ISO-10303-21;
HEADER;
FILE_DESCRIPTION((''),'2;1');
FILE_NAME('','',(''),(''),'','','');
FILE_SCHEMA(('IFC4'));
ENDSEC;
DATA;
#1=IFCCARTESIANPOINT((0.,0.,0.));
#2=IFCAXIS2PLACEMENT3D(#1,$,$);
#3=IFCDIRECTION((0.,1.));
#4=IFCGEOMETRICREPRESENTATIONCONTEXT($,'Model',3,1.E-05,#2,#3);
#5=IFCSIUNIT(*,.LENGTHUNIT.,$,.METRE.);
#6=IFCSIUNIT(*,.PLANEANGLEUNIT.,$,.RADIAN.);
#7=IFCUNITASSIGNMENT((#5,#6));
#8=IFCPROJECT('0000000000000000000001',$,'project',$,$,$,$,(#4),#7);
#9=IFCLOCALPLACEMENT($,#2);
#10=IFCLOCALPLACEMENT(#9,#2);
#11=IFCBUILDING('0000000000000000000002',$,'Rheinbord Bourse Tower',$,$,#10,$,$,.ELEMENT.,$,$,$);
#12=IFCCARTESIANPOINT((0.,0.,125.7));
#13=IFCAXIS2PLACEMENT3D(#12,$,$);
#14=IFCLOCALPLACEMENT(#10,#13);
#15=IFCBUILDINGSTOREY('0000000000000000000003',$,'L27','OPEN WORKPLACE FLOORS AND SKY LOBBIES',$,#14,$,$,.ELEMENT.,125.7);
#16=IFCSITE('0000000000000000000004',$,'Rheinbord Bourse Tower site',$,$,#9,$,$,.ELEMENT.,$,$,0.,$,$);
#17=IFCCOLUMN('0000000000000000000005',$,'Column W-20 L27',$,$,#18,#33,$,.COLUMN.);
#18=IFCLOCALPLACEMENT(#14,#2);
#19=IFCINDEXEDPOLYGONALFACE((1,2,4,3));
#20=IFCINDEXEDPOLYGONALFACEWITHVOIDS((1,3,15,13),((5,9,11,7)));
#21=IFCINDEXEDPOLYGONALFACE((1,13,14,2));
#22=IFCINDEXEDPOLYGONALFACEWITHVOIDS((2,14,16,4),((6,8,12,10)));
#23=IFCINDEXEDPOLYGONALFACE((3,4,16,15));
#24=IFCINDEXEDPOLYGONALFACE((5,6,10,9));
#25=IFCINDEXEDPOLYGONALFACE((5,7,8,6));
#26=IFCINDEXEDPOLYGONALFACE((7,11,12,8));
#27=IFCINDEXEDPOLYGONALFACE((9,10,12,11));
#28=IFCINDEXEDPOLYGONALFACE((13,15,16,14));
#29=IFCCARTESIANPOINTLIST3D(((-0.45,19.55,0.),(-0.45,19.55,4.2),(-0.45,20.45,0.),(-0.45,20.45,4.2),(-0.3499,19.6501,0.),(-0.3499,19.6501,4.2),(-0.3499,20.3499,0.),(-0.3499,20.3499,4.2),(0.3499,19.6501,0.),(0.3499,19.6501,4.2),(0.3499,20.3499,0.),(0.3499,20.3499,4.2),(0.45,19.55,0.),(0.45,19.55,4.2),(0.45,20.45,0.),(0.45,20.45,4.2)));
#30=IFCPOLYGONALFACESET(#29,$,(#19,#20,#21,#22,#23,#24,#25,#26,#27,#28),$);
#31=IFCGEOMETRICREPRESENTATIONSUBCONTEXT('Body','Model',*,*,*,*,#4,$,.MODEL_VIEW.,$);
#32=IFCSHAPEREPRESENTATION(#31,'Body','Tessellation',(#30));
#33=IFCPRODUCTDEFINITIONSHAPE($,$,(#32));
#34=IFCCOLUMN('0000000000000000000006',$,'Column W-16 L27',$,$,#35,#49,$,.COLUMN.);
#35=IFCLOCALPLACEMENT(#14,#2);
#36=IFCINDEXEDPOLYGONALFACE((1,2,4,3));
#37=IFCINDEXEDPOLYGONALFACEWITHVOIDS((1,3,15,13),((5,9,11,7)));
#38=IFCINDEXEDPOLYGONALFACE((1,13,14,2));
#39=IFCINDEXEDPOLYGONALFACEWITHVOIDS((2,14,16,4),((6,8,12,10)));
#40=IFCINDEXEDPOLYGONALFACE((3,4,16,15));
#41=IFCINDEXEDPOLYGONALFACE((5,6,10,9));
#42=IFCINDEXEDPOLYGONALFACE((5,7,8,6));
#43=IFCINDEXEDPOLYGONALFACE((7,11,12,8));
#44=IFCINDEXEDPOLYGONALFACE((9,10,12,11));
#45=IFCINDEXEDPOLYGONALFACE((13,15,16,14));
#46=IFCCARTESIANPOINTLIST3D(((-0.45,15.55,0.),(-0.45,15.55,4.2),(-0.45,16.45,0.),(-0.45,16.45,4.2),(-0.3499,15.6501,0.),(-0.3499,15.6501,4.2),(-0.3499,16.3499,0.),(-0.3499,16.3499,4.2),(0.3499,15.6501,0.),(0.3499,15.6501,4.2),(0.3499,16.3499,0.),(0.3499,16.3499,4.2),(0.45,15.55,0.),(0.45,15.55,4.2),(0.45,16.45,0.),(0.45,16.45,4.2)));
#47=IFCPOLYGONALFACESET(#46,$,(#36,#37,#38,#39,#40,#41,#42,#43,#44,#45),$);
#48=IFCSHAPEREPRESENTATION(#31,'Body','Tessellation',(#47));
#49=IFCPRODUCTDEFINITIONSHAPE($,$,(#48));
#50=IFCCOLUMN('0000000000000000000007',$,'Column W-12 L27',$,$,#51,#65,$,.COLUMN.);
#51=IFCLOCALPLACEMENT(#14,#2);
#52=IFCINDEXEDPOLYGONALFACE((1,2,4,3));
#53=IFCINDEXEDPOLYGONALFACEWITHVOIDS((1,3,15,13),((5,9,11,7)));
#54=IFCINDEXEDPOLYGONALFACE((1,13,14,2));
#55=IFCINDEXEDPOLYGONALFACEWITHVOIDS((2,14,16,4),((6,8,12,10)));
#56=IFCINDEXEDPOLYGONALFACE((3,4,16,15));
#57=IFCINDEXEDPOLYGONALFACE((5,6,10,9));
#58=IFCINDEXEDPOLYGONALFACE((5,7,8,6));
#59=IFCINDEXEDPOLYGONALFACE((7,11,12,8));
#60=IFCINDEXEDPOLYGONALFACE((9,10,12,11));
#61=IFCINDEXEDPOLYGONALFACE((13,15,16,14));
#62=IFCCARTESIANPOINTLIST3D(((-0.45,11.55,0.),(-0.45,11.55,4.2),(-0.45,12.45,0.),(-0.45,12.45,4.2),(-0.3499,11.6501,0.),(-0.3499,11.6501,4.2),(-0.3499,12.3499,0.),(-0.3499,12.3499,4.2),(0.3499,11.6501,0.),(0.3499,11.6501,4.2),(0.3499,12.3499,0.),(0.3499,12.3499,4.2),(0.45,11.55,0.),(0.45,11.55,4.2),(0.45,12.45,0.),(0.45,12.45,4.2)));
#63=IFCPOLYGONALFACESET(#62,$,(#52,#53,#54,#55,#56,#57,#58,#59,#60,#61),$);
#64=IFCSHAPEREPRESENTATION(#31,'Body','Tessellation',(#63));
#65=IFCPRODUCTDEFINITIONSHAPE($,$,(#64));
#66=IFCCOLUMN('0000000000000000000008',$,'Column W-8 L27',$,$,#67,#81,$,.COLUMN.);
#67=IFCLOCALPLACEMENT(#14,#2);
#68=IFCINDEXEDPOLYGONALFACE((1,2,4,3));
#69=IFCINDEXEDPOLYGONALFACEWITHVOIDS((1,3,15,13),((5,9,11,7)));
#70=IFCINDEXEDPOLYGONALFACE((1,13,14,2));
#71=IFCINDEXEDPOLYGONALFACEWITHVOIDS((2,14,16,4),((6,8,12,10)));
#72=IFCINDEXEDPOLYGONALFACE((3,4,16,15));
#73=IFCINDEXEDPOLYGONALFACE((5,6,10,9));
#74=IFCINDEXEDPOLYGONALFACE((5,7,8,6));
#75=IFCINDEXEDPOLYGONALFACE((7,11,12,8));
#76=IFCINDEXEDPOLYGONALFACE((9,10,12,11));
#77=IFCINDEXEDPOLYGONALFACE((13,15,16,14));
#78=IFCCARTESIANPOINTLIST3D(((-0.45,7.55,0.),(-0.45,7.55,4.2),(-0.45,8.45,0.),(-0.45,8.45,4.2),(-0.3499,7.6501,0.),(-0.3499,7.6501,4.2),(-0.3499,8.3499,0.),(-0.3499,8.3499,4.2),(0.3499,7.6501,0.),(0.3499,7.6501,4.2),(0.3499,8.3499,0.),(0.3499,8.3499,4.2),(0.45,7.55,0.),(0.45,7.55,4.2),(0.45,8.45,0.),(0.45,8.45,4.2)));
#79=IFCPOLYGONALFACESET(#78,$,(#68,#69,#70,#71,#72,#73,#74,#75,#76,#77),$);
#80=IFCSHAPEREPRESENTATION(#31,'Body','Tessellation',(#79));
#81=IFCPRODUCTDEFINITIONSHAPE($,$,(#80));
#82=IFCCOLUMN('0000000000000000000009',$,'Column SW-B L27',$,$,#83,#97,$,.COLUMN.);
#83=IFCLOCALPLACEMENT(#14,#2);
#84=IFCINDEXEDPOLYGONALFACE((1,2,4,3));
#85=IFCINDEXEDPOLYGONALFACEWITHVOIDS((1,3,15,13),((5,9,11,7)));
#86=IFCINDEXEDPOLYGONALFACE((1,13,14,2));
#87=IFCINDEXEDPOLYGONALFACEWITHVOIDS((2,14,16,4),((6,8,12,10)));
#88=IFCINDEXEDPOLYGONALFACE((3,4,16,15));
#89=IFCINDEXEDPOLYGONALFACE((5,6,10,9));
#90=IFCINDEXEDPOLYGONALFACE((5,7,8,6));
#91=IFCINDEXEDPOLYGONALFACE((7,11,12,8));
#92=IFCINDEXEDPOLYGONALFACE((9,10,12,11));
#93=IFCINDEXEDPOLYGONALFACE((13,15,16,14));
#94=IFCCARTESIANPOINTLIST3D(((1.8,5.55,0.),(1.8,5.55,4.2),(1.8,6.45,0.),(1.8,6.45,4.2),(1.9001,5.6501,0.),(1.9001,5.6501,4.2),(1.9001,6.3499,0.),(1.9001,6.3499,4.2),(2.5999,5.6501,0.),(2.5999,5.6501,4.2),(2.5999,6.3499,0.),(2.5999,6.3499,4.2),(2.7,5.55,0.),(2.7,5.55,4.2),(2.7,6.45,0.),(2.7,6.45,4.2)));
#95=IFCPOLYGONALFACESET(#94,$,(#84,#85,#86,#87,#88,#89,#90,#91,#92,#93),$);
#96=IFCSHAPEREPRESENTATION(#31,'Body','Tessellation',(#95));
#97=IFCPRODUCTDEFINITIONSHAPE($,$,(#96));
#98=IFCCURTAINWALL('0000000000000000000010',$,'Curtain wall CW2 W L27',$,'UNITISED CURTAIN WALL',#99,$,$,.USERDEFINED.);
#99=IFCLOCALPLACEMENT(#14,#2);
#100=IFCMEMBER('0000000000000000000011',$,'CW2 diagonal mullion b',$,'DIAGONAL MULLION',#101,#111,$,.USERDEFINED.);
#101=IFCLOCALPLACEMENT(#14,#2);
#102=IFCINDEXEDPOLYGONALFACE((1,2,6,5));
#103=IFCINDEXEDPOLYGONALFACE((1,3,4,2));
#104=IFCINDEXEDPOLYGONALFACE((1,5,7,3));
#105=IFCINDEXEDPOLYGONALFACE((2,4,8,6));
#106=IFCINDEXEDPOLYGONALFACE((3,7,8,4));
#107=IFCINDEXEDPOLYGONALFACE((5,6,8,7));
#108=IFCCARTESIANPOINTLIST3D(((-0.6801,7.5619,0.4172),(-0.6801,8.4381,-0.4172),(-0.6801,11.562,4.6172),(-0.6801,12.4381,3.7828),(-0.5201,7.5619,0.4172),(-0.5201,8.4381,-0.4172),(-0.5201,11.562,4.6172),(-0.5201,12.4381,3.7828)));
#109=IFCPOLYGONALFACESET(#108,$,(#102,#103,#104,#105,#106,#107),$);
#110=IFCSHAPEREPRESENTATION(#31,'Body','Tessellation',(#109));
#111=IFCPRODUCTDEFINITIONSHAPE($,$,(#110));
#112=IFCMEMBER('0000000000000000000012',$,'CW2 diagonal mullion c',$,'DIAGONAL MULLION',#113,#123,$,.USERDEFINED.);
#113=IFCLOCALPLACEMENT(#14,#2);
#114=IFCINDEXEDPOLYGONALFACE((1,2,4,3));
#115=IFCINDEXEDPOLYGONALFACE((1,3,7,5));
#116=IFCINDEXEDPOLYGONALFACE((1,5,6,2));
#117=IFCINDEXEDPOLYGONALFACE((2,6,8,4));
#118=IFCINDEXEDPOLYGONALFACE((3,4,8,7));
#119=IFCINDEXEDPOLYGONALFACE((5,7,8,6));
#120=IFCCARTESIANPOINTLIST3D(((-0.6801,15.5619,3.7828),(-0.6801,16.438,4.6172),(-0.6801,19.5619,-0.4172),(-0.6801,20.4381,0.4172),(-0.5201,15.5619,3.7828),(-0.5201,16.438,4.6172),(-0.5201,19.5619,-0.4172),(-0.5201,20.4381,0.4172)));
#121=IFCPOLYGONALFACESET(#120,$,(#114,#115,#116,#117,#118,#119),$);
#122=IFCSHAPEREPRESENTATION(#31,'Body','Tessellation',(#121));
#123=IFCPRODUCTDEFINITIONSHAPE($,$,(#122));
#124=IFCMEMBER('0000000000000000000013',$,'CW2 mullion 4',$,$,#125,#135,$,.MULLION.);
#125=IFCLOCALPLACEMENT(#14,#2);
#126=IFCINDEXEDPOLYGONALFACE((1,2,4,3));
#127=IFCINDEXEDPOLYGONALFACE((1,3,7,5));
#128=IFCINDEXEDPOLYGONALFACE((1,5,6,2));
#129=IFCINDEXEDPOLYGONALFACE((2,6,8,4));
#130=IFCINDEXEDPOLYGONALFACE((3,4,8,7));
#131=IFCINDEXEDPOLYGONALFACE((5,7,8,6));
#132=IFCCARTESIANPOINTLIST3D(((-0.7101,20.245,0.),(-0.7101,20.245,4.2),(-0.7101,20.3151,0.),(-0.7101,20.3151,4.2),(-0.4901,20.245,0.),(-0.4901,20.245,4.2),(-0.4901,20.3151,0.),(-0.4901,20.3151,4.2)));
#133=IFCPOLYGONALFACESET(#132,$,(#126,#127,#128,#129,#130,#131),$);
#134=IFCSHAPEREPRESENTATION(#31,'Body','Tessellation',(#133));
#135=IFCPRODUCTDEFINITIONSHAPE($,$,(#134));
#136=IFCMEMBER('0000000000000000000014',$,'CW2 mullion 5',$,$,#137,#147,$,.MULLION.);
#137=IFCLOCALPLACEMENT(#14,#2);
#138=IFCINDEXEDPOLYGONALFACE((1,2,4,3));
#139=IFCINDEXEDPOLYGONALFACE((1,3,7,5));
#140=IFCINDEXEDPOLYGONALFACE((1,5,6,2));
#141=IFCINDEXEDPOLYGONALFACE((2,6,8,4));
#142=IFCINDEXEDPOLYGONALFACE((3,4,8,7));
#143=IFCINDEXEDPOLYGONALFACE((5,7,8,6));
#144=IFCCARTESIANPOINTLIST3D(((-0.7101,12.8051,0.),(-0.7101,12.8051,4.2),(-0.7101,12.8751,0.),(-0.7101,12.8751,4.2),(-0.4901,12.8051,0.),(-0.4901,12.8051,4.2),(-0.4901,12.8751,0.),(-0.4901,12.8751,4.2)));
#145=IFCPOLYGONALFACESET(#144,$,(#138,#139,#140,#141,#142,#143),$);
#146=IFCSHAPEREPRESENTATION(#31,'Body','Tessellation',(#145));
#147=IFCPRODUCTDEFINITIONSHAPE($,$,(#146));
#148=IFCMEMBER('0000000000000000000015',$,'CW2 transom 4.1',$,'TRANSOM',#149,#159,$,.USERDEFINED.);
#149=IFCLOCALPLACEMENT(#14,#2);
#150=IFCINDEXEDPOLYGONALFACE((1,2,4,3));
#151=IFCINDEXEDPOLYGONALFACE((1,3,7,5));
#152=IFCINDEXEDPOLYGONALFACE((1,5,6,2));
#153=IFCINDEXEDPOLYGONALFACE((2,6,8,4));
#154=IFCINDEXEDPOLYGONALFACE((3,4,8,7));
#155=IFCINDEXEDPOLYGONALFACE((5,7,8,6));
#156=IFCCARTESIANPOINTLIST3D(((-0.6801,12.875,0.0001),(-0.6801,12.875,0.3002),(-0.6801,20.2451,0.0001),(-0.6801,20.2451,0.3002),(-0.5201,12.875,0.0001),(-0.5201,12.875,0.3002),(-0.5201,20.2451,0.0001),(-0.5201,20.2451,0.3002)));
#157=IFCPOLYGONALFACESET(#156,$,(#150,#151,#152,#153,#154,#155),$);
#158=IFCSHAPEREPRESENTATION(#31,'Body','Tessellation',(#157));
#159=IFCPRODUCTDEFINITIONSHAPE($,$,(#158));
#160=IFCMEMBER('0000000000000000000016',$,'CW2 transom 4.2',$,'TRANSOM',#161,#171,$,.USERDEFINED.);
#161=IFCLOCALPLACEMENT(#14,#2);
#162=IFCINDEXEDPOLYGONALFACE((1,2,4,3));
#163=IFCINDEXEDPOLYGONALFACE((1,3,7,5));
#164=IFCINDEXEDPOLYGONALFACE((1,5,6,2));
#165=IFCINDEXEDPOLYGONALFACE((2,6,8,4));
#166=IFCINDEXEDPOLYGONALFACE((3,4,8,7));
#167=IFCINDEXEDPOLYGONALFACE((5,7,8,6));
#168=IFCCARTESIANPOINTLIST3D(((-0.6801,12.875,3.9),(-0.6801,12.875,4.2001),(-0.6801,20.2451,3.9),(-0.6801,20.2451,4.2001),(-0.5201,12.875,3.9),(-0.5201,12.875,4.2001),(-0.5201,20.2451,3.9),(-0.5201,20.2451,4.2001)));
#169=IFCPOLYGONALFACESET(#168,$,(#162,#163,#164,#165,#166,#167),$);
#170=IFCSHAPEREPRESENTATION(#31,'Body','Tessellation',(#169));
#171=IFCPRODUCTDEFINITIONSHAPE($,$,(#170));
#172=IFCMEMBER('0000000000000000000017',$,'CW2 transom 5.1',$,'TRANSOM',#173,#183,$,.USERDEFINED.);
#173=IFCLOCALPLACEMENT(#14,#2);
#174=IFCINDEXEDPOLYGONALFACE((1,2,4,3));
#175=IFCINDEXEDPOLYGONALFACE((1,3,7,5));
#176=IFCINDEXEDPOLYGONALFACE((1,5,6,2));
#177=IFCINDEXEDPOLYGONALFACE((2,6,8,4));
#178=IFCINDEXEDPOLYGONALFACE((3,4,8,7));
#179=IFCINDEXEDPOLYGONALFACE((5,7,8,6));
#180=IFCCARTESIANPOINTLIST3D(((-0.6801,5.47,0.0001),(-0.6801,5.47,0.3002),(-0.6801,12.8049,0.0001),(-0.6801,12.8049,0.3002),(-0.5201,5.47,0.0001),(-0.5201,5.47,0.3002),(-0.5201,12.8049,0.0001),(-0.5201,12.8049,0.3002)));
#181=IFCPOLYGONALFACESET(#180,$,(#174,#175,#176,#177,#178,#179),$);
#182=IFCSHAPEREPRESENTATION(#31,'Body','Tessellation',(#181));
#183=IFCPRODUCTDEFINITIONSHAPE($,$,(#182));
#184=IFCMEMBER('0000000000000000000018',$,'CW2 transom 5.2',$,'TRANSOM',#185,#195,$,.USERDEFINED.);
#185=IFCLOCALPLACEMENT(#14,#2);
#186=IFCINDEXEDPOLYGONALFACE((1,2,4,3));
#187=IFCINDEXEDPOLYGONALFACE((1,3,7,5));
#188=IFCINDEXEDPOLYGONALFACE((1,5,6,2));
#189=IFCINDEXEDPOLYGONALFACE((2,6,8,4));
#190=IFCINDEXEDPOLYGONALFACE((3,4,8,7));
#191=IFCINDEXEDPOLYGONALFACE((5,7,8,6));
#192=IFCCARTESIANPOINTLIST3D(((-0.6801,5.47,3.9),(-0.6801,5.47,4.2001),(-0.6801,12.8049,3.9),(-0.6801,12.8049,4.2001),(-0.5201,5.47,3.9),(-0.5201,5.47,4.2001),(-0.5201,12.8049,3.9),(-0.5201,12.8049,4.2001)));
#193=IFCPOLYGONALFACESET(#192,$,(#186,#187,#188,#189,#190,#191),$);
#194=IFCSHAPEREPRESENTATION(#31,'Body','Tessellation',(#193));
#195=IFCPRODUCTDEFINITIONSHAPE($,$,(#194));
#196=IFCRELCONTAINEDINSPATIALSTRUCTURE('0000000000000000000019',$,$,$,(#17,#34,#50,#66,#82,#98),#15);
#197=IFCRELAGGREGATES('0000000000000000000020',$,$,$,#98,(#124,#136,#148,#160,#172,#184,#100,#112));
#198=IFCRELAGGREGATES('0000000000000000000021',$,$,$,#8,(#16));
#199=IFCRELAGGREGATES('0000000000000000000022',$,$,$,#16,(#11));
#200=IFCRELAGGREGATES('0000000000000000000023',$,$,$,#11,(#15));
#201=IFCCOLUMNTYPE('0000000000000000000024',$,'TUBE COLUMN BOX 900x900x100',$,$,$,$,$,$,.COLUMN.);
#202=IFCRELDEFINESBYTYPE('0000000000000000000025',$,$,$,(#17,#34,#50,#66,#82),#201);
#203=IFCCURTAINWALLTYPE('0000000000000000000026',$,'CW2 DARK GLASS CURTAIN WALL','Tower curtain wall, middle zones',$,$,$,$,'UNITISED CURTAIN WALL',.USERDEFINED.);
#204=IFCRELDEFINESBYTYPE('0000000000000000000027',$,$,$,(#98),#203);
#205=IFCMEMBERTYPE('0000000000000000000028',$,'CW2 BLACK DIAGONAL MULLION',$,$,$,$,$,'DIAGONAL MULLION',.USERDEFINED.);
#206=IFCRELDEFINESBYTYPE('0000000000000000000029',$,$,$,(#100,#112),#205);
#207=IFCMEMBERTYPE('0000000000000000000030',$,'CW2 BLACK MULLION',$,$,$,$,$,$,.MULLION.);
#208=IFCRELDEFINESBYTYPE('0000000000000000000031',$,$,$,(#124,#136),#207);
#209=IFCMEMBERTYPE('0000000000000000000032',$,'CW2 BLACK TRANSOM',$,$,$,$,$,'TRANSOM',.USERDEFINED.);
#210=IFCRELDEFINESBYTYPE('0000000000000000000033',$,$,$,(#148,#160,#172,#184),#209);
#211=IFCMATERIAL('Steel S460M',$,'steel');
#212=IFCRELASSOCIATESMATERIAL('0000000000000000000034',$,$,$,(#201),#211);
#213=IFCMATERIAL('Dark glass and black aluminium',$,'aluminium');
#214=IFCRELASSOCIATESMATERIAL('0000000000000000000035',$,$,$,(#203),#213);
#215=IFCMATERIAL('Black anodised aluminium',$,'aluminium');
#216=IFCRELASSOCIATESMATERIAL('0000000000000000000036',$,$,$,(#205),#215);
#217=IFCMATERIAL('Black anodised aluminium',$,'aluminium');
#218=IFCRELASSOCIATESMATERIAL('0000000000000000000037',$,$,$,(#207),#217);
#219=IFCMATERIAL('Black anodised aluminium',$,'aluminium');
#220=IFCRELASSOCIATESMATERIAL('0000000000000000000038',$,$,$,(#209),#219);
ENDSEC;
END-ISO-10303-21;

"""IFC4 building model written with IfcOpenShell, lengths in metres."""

from ifc_helpers import new_model, si_unit, direction, frame, origin, origin_2d, place, context, subcontext, project, spatial, rectangle, hollow_rectangle, extrude, material, material_profile, profile_set, type_object, element, aggregate, save


model = new_model("IFC4")

# Units and contexts
model_context = context("Model", 3, precision=1e-05, world=origin(), true_north=direction((0.0, 1.0)))
body_context = subcontext(model_context, "Body", "Model", "MODEL_VIEW")
ifc_project = project(units=[si_unit("LENGTHUNIT", "METRE"), si_unit("PLANEANGLEUNIT", "RADIAN")], contexts=[model_context])

# Site, building, storey
site_placement = place(None, origin())
site = spatial("IfcSite", under=ifc_project, at=site_placement, Name="Rheinbord Bourse Tower site", CompositionType="ELEMENT", RefElevation=0.0)
building_placement = place(site_placement, origin())
building = spatial("IfcBuilding", under=site, at=building_placement, Name="Rheinbord Bourse Tower", CompositionType="ELEMENT")
storey_placement = place(building_placement, frame((0.0, 0.0, 125.7)))
storey = spatial("IfcBuildingStorey", under=building, at=storey_placement, Name="L27", Description="OPEN WORKPLACE FLOORS AND SKY LOBBIES", CompositionType="ELEMENT", Elevation=125.7)

# Columns
ifc_material_1 = material(Name="Steel S460M", Category="steel")
ifc_material_profile_1 = material_profile(ifc_material_1, hollow_rectangle(XDim=0.8999, YDim=0.8999, WallThickness=0.1001, at=origin_2d()), Name="BOX 900x900x100")
ifc_profile_set_1 = profile_set([ifc_material_profile_1], Name="Steel S460M")
column_type = type_object("IfcColumnType", Name="TUBE COLUMN BOX 900x900x100", PredefinedType="COLUMN", material=ifc_profile_set_1)
for number, where, z_axis, x_axis, name in (
    (1, (0.0, 20.0, 0.0), (0.0, 0.0, 1.0), (1.0, 0.0, 0.0), "Column W-20 L27"),
    (2, (0.0, 16.0, 0.0), (0.0, 0.0, 1.0), (1.0, 0.0, 0.0), "Column W-16 L27"),
    (3, (0.0, 12.0, 0.0), (0.0, 0.0, 1.0), (1.0, 0.0, 0.0), "Column W-12 L27"),
    (4, (0.0, 8.0, 0.0), (0.0, 0.0, 1.0), (1.0, 0.0, 0.0), "Column W-8 L27"),
    (5, (2.25, 6.0, 0.0), (0.0, 0.0, 1.0), (1.0, 0.0, 0.0), "Column SW-B L27"),
):
    element("IfcColumn", number, at=place(storey_placement, frame(where, z_axis=z_axis, x_axis=x_axis)), inside=storey, type_object=column_type, Name=name, PredefinedType="COLUMN", context=body_context, shape_type="SweptSolid", body=[
        extrude(hollow_rectangle(XDim=0.8999, YDim=0.8999, WallThickness=0.1001, at=origin_2d()), origin(), (0.0, 0.0, 1.0), 4.2),
    ])

# Curtain wall, members
ifc_material_2 = material(Name="Dark glass and black aluminium", Category="aluminium")
curtain_wall_type = type_object("IfcCurtainWallType", Name="CW2 DARK GLASS CURTAIN WALL", Description="Tower curtain wall, middle zones", ElementType="UNITISED CURTAIN WALL", PredefinedType="USERDEFINED", material=ifc_material_2)
curtain_wall_placement = place(storey_placement, origin())
curtain_wall = element("IfcCurtainWall", 6, at=curtain_wall_placement, inside=storey, type_object=curtain_wall_type, Name="Curtain wall CW2 W L27", ObjectType="UNITISED CURTAIN WALL", PredefinedType="USERDEFINED")
ifc_material_3 = material(Name="Black anodised aluminium", Category="aluminium")
ifc_material_profile_2 = material_profile(ifc_material_3, rectangle(XDim=0.1599, YDim=1.21, at=origin_2d()), Name="CW2 DIAGONAL MULLION 1210x160")
ifc_profile_set_2 = profile_set([ifc_material_profile_2], Name="Black anodised aluminium")
member_type_1 = type_object("IfcMemberType", Name="CW2 BLACK DIAGONAL MULLION", ElementType="DIAGONAL MULLION", PredefinedType="USERDEFINED", material=ifc_profile_set_2)
member_1_placement = place(storey_placement, frame((-0.6001, 8.0, 0.0), z_axis=(0.0, 0.689659, 0.724134), x_axis=(-1.0, 0.0, 0.0)))
member_1 = element("IfcMember", 7, at=member_1_placement, type_object=member_type_1, Name="CW2 diagonal mullion b", ObjectType="DIAGONAL MULLION", PredefinedType="USERDEFINED", context=body_context, shape_type="SweptSolid", body=[
    extrude(rectangle(XDim=0.1599, YDim=1.21, at=origin_2d()), origin(), (0.0, 0.0, 1.0), 5.8),
])
member_2_placement = place(storey_placement, frame((-0.6001, 20.0, 0.0), z_axis=(0.0, -0.689659, 0.724134), x_axis=(1.0, 0.0, 0.0)))
member_2 = element("IfcMember", 8, at=member_2_placement, type_object=member_type_1, Name="CW2 diagonal mullion c", ObjectType="DIAGONAL MULLION", PredefinedType="USERDEFINED", context=body_context, shape_type="SweptSolid", body=[
    extrude(rectangle(XDim=0.1599, YDim=1.21, at=origin_2d()), origin(), (0.0, 0.0, 1.0), 5.8),
])
ifc_material_4 = material(Name="Black anodised aluminium", Category="aluminium")
ifc_material_profile_3 = material_profile(ifc_material_4, rectangle(XDim=0.22, YDim=0.0701, at=origin_2d()), Name="CW2 MULLION 70x220")
ifc_profile_set_3 = profile_set([ifc_material_profile_3], Name="Black anodised aluminium")
member_type_2 = type_object("IfcMemberType", Name="CW2 BLACK MULLION", PredefinedType="MULLION", material=ifc_profile_set_3)
member_3_placement = place(storey_placement, frame((-0.6001, 20.28, 0.0), z_axis=(0.0, 0.0, 1.0), x_axis=(1.0, 0.0, 0.0)))
member_3 = element("IfcMember", 9, at=member_3_placement, type_object=member_type_2, Name="CW2 mullion 4", PredefinedType="MULLION", context=body_context, shape_type="SweptSolid", body=[
    extrude(rectangle(XDim=0.22, YDim=0.0701, at=origin_2d()), origin(), (0.0, 0.0, 1.0), 4.2),
])
member_4_placement = place(storey_placement, frame((-0.6001, 12.8401, 0.0), z_axis=(0.0, 0.0, 1.0), x_axis=(1.0, 0.0, 0.0)))
member_4 = element("IfcMember", 10, at=member_4_placement, type_object=member_type_2, Name="CW2 mullion 5", PredefinedType="MULLION", context=body_context, shape_type="SweptSolid", body=[
    extrude(rectangle(XDim=0.22, YDim=0.0701, at=origin_2d()), origin(), (0.0, 0.0, 1.0), 4.2),
])
ifc_material_5 = material(Name="Black anodised aluminium", Category="aluminium")
ifc_material_profile_4 = material_profile(ifc_material_5, rectangle(XDim=0.1599, YDim=0.3, at=origin_2d()), Name="CW2 TRANSOM 300x160")
ifc_profile_set_4 = profile_set([ifc_material_profile_4], Name="Black anodised aluminium")
member_type_3 = type_object("IfcMemberType", Name="CW2 BLACK TRANSOM", ElementType="TRANSOM", PredefinedType="USERDEFINED", material=ifc_profile_set_4)
member_5_placement = place(storey_placement, frame((-0.6001, 20.2451, 0.1501), z_axis=(0.0, -1.0, 0.0), x_axis=(1.0, 0.0, 0.0)))
member_5 = element("IfcMember", 11, at=member_5_placement, type_object=member_type_3, Name="CW2 transom 4.1", ObjectType="TRANSOM", PredefinedType="USERDEFINED", context=body_context, shape_type="SweptSolid", body=[
    extrude(rectangle(XDim=0.1599, YDim=0.3, at=origin_2d()), origin(), (0.0, 0.0, 1.0), 7.3701),
])
member_6_placement = place(storey_placement, frame((-0.6001, 20.2451, 4.05), z_axis=(0.0, -1.0, 0.0), x_axis=(1.0, 0.0, 0.0)))
member_6 = element("IfcMember", 12, at=member_6_placement, type_object=member_type_3, Name="CW2 transom 4.2", ObjectType="TRANSOM", PredefinedType="USERDEFINED", context=body_context, shape_type="SweptSolid", body=[
    extrude(rectangle(XDim=0.1599, YDim=0.3, at=origin_2d()), origin(), (0.0, 0.0, 1.0), 7.3701),
])
member_7_placement = place(storey_placement, frame((-0.6001, 12.8049, 0.1501), z_axis=(0.0, -1.0, 0.0), x_axis=(1.0, 0.0, 0.0)))
member_7 = element("IfcMember", 13, at=member_7_placement, type_object=member_type_3, Name="CW2 transom 5.1", ObjectType="TRANSOM", PredefinedType="USERDEFINED", context=body_context, shape_type="SweptSolid", body=[
    extrude(rectangle(XDim=0.1599, YDim=0.3, at=origin_2d()), origin(), (0.0, 0.0, 1.0), 7.335),
])
member_8_placement = place(storey_placement, frame((-0.6001, 12.8049, 4.05), z_axis=(0.0, -1.0, 0.0), x_axis=(1.0, 0.0, 0.0)))
member_8 = element("IfcMember", 14, at=member_8_placement, type_object=member_type_3, Name="CW2 transom 5.2", ObjectType="TRANSOM", PredefinedType="USERDEFINED", context=body_context, shape_type="SweptSolid", body=[
    extrude(rectangle(XDim=0.1599, YDim=0.3, at=origin_2d()), origin(), (0.0, 0.0, 1.0), 7.335),
])

aggregate(curtain_wall, [member_3, member_4, member_5, member_6, member_7, member_8, member_1, member_2])

save(model, "model.ifc")
